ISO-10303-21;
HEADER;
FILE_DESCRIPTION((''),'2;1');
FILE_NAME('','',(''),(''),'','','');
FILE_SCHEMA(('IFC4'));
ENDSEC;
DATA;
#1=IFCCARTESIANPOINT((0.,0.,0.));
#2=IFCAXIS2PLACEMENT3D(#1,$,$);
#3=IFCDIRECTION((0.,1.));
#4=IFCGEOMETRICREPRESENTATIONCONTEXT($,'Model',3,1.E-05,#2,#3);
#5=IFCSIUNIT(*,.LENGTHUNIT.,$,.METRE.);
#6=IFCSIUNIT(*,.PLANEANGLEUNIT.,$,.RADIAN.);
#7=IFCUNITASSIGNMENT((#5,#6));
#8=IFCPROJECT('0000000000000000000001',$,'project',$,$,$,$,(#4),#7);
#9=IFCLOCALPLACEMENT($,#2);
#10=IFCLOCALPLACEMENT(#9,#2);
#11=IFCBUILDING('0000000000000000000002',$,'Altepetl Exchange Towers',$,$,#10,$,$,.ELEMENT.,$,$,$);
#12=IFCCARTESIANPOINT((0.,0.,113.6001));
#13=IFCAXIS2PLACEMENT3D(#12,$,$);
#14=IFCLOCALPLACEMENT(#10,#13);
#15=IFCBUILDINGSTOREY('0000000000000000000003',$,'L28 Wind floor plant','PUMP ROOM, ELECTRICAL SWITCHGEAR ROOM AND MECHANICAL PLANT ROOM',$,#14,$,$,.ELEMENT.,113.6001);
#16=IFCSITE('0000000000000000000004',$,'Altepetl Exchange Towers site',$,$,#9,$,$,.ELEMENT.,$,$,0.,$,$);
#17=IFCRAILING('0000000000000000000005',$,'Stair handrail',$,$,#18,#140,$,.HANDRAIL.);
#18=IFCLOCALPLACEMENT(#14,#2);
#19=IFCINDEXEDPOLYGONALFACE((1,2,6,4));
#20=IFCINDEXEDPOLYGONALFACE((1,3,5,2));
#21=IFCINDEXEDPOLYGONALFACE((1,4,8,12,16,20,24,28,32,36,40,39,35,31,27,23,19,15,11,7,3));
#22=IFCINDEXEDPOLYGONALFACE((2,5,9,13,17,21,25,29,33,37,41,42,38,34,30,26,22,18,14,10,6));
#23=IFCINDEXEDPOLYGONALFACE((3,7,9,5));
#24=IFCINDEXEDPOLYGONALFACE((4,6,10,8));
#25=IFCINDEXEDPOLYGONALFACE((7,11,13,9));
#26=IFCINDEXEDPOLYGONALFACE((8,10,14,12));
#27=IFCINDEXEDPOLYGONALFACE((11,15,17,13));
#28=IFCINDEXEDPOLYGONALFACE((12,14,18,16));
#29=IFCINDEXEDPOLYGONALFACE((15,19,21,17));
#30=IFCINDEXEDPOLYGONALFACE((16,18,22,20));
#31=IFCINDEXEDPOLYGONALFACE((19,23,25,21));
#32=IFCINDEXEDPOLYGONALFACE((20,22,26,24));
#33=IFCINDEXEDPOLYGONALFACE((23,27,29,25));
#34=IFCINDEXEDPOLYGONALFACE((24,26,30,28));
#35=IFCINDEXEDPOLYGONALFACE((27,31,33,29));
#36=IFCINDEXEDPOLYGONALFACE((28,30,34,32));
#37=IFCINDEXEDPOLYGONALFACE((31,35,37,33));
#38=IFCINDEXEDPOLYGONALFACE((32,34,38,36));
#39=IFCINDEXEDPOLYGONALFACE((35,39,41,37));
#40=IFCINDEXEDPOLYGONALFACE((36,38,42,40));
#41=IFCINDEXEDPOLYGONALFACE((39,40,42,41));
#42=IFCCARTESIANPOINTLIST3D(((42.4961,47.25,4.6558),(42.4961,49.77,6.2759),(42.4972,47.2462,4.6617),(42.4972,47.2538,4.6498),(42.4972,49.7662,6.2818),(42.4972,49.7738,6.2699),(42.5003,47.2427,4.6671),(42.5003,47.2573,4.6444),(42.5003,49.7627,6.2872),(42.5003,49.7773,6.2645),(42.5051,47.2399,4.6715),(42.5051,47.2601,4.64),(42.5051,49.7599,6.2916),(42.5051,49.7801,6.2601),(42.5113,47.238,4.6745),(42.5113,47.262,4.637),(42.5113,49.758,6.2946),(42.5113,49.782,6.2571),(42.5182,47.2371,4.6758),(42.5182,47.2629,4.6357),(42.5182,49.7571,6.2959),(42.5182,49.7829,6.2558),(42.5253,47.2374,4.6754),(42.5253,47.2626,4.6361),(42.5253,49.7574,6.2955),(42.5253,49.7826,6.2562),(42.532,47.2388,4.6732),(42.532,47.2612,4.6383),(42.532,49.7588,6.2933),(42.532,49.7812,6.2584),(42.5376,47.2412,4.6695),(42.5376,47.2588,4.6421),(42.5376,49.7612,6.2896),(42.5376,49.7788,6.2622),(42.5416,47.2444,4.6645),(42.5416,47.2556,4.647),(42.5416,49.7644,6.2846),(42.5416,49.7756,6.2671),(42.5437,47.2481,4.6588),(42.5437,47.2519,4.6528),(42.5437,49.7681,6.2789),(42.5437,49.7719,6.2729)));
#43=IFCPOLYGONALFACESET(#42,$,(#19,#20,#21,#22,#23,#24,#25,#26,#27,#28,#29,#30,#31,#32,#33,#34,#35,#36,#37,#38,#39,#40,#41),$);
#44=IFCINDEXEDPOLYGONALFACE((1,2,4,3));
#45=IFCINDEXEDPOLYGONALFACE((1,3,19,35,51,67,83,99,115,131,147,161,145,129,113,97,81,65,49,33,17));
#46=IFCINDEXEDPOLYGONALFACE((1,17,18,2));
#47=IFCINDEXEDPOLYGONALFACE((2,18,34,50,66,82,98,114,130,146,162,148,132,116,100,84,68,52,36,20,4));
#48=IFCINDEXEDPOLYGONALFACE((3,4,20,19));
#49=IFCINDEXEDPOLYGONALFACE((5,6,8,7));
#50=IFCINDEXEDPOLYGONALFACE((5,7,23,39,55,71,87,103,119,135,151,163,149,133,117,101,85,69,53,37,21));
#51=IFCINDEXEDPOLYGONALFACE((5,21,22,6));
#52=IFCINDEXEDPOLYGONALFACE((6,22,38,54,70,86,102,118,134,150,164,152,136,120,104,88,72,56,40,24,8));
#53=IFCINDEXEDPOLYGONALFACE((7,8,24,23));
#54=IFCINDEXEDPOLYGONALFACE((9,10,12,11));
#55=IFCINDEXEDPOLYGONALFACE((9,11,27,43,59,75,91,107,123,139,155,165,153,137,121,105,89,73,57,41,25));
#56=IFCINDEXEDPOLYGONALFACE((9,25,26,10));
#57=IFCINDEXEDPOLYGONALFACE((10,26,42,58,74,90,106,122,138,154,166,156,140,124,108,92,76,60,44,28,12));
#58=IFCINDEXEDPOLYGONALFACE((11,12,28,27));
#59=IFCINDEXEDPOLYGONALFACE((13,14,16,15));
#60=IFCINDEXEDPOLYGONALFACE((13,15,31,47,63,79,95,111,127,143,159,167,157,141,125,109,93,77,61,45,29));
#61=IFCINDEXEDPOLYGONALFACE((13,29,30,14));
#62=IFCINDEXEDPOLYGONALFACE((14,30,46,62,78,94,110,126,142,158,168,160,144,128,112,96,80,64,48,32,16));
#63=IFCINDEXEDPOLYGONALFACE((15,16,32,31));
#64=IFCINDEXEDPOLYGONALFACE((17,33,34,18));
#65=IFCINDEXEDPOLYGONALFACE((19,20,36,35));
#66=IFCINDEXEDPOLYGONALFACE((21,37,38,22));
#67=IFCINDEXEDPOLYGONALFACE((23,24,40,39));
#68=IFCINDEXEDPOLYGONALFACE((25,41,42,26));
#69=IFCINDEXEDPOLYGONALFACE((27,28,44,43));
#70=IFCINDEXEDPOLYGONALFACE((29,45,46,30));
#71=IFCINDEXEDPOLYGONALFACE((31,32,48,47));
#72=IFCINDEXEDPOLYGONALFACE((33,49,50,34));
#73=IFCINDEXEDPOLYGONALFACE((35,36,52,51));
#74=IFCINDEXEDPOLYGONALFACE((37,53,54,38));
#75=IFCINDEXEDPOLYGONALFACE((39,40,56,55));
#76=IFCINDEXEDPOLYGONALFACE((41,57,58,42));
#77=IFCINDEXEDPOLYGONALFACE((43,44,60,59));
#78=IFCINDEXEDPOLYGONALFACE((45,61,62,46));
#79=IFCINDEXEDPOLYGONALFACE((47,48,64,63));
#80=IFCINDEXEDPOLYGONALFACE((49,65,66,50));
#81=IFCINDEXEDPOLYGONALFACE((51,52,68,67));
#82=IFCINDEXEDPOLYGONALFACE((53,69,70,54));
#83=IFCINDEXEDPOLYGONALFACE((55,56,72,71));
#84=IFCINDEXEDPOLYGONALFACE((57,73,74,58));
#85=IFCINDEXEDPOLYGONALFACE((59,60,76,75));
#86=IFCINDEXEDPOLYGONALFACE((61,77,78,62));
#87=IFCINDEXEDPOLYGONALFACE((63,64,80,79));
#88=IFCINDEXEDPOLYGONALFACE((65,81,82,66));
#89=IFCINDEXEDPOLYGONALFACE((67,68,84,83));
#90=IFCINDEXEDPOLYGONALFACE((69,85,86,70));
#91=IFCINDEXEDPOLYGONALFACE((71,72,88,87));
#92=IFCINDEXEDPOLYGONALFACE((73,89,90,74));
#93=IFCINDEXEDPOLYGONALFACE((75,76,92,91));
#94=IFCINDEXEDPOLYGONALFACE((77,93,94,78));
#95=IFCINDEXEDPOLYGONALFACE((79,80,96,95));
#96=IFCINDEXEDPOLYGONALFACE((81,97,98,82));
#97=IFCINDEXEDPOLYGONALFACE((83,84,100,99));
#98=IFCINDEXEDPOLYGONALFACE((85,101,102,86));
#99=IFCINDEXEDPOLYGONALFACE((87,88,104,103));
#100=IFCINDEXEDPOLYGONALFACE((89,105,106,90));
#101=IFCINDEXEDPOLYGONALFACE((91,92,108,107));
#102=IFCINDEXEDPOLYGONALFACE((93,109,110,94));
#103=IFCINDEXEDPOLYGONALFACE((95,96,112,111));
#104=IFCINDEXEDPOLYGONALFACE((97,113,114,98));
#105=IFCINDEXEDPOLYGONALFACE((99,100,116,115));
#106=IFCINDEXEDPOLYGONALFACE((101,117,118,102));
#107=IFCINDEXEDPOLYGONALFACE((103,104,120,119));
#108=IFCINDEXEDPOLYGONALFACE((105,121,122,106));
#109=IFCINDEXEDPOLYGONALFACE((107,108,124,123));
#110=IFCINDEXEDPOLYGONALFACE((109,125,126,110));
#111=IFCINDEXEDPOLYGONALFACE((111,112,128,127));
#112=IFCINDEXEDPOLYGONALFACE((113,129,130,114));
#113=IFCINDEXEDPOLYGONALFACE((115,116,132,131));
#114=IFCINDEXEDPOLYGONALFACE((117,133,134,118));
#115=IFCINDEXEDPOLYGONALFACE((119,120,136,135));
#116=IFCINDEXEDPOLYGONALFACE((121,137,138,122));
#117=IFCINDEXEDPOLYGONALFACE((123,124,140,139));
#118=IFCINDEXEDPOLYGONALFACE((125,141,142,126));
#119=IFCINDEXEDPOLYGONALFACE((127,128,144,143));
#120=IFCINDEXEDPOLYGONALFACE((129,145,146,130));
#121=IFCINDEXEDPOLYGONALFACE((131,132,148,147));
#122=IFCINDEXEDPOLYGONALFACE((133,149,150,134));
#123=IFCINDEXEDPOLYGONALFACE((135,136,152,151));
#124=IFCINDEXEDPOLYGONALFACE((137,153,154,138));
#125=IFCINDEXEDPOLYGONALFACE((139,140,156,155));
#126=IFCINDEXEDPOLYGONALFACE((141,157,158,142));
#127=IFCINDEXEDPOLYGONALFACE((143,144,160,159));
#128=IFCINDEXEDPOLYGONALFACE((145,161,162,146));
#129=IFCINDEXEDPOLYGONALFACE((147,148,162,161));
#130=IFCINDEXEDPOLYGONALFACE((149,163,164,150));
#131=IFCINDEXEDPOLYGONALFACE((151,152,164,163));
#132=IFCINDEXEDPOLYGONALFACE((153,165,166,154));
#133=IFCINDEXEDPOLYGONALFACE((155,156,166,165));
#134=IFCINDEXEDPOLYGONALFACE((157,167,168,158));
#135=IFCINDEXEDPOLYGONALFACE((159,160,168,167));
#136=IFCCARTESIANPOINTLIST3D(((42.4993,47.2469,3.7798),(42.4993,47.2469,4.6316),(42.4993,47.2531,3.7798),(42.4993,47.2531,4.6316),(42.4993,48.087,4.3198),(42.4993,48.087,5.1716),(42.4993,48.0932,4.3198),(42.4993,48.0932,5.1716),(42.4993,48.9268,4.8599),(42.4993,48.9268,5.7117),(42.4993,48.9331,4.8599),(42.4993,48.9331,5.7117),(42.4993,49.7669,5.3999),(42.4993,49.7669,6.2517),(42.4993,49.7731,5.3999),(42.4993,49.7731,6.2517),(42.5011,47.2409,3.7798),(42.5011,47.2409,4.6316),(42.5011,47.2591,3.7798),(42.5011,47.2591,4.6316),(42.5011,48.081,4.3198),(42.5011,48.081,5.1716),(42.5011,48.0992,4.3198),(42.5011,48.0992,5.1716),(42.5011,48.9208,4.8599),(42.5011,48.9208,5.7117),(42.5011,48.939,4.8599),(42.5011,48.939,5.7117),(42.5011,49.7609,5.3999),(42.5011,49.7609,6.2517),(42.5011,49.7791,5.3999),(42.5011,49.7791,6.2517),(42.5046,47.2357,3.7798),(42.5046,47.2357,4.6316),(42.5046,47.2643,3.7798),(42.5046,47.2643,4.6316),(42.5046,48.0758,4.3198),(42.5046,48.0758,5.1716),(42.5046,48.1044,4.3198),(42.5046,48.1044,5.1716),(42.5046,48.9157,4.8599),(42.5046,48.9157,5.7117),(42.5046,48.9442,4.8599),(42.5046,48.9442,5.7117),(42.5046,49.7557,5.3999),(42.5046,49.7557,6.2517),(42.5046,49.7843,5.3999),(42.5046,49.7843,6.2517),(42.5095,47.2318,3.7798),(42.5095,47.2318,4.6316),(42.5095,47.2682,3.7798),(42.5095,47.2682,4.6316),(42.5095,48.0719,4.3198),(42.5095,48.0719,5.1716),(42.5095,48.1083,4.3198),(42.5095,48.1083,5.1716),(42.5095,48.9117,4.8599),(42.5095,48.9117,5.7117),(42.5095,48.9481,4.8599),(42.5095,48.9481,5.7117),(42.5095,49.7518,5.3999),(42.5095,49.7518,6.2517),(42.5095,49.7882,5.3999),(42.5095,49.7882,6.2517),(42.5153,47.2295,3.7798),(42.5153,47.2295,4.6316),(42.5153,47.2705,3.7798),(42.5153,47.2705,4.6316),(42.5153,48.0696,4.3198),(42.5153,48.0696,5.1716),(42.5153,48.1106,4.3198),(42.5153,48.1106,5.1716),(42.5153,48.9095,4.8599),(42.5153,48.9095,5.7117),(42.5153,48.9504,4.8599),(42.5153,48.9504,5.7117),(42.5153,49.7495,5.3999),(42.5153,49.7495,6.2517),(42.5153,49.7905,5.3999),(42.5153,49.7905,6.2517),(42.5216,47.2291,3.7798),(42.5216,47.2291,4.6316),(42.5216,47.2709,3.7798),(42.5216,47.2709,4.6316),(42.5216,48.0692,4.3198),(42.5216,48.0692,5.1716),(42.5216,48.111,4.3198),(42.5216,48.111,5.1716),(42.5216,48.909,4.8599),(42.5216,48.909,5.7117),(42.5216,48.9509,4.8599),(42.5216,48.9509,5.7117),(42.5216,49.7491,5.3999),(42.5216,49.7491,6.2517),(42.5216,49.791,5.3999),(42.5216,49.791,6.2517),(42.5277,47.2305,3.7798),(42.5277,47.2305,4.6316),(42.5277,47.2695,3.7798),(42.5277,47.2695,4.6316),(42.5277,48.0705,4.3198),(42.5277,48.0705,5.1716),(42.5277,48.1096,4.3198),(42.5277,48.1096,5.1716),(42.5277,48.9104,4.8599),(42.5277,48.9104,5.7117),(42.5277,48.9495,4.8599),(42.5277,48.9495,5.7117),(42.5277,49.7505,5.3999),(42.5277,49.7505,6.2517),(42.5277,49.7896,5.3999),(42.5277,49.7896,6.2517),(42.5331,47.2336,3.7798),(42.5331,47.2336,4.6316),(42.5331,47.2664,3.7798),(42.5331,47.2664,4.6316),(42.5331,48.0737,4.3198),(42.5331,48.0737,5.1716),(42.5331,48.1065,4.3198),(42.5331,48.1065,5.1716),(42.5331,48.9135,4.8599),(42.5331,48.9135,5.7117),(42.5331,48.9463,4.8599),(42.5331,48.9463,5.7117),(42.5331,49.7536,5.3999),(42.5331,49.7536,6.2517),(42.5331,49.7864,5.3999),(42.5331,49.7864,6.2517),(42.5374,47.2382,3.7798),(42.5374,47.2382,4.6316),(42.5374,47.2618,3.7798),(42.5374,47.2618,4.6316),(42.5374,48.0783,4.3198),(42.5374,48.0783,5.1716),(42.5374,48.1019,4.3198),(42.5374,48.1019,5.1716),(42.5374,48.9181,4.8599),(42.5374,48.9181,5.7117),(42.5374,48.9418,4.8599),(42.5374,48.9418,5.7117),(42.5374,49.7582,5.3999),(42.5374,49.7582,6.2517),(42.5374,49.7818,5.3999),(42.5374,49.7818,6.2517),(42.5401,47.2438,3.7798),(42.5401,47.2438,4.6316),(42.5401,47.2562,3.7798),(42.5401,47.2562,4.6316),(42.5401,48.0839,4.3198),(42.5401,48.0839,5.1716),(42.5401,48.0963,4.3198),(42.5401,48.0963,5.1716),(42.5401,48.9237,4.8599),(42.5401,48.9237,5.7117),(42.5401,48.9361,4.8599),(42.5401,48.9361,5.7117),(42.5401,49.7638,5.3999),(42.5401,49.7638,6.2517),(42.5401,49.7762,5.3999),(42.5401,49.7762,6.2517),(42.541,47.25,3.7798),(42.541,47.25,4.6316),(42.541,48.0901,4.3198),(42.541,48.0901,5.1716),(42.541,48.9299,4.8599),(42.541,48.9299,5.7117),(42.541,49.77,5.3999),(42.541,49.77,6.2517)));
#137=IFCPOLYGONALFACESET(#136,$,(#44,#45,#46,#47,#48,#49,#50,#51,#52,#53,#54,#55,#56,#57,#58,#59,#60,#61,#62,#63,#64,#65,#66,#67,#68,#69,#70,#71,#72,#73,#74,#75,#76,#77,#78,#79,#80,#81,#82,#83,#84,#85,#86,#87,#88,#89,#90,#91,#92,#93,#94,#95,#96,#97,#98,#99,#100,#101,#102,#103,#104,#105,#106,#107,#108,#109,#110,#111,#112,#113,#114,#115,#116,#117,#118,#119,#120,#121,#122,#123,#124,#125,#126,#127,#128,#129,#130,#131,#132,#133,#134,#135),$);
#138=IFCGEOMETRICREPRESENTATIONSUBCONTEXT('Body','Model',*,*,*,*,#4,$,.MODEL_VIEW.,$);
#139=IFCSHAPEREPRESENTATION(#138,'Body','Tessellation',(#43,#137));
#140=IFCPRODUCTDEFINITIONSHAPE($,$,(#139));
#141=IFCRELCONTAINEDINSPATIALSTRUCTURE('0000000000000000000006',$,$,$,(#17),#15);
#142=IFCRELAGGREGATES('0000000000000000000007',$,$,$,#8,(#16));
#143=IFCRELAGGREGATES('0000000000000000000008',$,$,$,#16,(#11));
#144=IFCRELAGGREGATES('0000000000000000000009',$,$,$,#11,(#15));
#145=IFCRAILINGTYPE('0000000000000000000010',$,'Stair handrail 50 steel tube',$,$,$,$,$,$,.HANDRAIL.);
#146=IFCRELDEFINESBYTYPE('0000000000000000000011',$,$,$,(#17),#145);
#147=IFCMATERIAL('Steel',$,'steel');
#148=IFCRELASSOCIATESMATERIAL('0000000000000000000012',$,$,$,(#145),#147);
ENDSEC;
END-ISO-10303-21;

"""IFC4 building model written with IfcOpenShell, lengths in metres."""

from ifc_helpers import new_model, si_unit, direction, frame, origin, origin_2d, place, context, subcontext, project, spatial, circle, extrude, source, transform, mapped, material, type_object, element, save


model = new_model("IFC4")

# Units and contexts
model_context = context("Model", 3, precision=1e-05, world=origin(), true_north=direction((0.0, 1.0)))
body_context = subcontext(model_context, "Body", "Model", "MODEL_VIEW")
ifc_project = project(units=[si_unit("LENGTHUNIT", "METRE"), si_unit("PLANEANGLEUNIT", "RADIAN")], contexts=[model_context])

# Site, building, storey
site_placement = place(None, origin())
site = spatial("IfcSite", under=ifc_project, at=site_placement, Name="Altepetl Exchange Towers site", CompositionType="ELEMENT", RefElevation=0.0)
building_placement = place(site_placement, origin())
building = spatial("IfcBuilding", under=site, at=building_placement, Name="Altepetl Exchange Towers", CompositionType="ELEMENT")
storey_placement = place(building_placement, frame((0.0, 0.0, 113.6001)))
storey = spatial("IfcBuildingStorey", under=building, at=storey_placement, Name="L28 Wind floor plant", Description="PUMP ROOM, ELECTRICAL SWITCHGEAR ROOM AND MECHANICAL PLANT ROOM", CompositionType="ELEMENT", Elevation=113.6001)

# Railing
ifc_material_1 = material(Name="Steel", Category="steel")
railing_type = type_object("IfcRailingType", Name="Stair handrail 50 steel tube", PredefinedType="HANDRAIL", material=ifc_material_1)
shared_shape = source(origin(), body_context, "Body", "SweptSolid", [
    extrude(circle(Radius=0.021, at=origin_2d()), origin(), (0.0, 0.0, 1.0), 0.8518),
])
railing_1_placement = place(storey_placement, frame((42.52, 47.25, 3.7798)))
element("IfcRailing", 1, at=railing_1_placement, inside=storey, type_object=railing_type, Name="Stair handrail", PredefinedType="HANDRAIL", context=body_context, shape_type="SweptSolid", body=[
    extrude(circle(Radius=0.0239, at=origin_2d()), frame((0.0, 0.0, 0.876), z_axis=(0.0, 0.841163, 0.540782), x_axis=(-1.0, 0.0, 0.0)), (0.0, 0.0, 1.0), 2.9958),
    mapped(shared_shape, transform((0.0, 0.0, 0.0))),
    mapped(shared_shape, transform((0.0, 0.8401, 0.54))),
    mapped(shared_shape, transform((0.0, 1.6799, 1.0801))),
    mapped(shared_shape, transform((0.0, 2.52, 1.6201))),
])

save(model, "model.ifc")
